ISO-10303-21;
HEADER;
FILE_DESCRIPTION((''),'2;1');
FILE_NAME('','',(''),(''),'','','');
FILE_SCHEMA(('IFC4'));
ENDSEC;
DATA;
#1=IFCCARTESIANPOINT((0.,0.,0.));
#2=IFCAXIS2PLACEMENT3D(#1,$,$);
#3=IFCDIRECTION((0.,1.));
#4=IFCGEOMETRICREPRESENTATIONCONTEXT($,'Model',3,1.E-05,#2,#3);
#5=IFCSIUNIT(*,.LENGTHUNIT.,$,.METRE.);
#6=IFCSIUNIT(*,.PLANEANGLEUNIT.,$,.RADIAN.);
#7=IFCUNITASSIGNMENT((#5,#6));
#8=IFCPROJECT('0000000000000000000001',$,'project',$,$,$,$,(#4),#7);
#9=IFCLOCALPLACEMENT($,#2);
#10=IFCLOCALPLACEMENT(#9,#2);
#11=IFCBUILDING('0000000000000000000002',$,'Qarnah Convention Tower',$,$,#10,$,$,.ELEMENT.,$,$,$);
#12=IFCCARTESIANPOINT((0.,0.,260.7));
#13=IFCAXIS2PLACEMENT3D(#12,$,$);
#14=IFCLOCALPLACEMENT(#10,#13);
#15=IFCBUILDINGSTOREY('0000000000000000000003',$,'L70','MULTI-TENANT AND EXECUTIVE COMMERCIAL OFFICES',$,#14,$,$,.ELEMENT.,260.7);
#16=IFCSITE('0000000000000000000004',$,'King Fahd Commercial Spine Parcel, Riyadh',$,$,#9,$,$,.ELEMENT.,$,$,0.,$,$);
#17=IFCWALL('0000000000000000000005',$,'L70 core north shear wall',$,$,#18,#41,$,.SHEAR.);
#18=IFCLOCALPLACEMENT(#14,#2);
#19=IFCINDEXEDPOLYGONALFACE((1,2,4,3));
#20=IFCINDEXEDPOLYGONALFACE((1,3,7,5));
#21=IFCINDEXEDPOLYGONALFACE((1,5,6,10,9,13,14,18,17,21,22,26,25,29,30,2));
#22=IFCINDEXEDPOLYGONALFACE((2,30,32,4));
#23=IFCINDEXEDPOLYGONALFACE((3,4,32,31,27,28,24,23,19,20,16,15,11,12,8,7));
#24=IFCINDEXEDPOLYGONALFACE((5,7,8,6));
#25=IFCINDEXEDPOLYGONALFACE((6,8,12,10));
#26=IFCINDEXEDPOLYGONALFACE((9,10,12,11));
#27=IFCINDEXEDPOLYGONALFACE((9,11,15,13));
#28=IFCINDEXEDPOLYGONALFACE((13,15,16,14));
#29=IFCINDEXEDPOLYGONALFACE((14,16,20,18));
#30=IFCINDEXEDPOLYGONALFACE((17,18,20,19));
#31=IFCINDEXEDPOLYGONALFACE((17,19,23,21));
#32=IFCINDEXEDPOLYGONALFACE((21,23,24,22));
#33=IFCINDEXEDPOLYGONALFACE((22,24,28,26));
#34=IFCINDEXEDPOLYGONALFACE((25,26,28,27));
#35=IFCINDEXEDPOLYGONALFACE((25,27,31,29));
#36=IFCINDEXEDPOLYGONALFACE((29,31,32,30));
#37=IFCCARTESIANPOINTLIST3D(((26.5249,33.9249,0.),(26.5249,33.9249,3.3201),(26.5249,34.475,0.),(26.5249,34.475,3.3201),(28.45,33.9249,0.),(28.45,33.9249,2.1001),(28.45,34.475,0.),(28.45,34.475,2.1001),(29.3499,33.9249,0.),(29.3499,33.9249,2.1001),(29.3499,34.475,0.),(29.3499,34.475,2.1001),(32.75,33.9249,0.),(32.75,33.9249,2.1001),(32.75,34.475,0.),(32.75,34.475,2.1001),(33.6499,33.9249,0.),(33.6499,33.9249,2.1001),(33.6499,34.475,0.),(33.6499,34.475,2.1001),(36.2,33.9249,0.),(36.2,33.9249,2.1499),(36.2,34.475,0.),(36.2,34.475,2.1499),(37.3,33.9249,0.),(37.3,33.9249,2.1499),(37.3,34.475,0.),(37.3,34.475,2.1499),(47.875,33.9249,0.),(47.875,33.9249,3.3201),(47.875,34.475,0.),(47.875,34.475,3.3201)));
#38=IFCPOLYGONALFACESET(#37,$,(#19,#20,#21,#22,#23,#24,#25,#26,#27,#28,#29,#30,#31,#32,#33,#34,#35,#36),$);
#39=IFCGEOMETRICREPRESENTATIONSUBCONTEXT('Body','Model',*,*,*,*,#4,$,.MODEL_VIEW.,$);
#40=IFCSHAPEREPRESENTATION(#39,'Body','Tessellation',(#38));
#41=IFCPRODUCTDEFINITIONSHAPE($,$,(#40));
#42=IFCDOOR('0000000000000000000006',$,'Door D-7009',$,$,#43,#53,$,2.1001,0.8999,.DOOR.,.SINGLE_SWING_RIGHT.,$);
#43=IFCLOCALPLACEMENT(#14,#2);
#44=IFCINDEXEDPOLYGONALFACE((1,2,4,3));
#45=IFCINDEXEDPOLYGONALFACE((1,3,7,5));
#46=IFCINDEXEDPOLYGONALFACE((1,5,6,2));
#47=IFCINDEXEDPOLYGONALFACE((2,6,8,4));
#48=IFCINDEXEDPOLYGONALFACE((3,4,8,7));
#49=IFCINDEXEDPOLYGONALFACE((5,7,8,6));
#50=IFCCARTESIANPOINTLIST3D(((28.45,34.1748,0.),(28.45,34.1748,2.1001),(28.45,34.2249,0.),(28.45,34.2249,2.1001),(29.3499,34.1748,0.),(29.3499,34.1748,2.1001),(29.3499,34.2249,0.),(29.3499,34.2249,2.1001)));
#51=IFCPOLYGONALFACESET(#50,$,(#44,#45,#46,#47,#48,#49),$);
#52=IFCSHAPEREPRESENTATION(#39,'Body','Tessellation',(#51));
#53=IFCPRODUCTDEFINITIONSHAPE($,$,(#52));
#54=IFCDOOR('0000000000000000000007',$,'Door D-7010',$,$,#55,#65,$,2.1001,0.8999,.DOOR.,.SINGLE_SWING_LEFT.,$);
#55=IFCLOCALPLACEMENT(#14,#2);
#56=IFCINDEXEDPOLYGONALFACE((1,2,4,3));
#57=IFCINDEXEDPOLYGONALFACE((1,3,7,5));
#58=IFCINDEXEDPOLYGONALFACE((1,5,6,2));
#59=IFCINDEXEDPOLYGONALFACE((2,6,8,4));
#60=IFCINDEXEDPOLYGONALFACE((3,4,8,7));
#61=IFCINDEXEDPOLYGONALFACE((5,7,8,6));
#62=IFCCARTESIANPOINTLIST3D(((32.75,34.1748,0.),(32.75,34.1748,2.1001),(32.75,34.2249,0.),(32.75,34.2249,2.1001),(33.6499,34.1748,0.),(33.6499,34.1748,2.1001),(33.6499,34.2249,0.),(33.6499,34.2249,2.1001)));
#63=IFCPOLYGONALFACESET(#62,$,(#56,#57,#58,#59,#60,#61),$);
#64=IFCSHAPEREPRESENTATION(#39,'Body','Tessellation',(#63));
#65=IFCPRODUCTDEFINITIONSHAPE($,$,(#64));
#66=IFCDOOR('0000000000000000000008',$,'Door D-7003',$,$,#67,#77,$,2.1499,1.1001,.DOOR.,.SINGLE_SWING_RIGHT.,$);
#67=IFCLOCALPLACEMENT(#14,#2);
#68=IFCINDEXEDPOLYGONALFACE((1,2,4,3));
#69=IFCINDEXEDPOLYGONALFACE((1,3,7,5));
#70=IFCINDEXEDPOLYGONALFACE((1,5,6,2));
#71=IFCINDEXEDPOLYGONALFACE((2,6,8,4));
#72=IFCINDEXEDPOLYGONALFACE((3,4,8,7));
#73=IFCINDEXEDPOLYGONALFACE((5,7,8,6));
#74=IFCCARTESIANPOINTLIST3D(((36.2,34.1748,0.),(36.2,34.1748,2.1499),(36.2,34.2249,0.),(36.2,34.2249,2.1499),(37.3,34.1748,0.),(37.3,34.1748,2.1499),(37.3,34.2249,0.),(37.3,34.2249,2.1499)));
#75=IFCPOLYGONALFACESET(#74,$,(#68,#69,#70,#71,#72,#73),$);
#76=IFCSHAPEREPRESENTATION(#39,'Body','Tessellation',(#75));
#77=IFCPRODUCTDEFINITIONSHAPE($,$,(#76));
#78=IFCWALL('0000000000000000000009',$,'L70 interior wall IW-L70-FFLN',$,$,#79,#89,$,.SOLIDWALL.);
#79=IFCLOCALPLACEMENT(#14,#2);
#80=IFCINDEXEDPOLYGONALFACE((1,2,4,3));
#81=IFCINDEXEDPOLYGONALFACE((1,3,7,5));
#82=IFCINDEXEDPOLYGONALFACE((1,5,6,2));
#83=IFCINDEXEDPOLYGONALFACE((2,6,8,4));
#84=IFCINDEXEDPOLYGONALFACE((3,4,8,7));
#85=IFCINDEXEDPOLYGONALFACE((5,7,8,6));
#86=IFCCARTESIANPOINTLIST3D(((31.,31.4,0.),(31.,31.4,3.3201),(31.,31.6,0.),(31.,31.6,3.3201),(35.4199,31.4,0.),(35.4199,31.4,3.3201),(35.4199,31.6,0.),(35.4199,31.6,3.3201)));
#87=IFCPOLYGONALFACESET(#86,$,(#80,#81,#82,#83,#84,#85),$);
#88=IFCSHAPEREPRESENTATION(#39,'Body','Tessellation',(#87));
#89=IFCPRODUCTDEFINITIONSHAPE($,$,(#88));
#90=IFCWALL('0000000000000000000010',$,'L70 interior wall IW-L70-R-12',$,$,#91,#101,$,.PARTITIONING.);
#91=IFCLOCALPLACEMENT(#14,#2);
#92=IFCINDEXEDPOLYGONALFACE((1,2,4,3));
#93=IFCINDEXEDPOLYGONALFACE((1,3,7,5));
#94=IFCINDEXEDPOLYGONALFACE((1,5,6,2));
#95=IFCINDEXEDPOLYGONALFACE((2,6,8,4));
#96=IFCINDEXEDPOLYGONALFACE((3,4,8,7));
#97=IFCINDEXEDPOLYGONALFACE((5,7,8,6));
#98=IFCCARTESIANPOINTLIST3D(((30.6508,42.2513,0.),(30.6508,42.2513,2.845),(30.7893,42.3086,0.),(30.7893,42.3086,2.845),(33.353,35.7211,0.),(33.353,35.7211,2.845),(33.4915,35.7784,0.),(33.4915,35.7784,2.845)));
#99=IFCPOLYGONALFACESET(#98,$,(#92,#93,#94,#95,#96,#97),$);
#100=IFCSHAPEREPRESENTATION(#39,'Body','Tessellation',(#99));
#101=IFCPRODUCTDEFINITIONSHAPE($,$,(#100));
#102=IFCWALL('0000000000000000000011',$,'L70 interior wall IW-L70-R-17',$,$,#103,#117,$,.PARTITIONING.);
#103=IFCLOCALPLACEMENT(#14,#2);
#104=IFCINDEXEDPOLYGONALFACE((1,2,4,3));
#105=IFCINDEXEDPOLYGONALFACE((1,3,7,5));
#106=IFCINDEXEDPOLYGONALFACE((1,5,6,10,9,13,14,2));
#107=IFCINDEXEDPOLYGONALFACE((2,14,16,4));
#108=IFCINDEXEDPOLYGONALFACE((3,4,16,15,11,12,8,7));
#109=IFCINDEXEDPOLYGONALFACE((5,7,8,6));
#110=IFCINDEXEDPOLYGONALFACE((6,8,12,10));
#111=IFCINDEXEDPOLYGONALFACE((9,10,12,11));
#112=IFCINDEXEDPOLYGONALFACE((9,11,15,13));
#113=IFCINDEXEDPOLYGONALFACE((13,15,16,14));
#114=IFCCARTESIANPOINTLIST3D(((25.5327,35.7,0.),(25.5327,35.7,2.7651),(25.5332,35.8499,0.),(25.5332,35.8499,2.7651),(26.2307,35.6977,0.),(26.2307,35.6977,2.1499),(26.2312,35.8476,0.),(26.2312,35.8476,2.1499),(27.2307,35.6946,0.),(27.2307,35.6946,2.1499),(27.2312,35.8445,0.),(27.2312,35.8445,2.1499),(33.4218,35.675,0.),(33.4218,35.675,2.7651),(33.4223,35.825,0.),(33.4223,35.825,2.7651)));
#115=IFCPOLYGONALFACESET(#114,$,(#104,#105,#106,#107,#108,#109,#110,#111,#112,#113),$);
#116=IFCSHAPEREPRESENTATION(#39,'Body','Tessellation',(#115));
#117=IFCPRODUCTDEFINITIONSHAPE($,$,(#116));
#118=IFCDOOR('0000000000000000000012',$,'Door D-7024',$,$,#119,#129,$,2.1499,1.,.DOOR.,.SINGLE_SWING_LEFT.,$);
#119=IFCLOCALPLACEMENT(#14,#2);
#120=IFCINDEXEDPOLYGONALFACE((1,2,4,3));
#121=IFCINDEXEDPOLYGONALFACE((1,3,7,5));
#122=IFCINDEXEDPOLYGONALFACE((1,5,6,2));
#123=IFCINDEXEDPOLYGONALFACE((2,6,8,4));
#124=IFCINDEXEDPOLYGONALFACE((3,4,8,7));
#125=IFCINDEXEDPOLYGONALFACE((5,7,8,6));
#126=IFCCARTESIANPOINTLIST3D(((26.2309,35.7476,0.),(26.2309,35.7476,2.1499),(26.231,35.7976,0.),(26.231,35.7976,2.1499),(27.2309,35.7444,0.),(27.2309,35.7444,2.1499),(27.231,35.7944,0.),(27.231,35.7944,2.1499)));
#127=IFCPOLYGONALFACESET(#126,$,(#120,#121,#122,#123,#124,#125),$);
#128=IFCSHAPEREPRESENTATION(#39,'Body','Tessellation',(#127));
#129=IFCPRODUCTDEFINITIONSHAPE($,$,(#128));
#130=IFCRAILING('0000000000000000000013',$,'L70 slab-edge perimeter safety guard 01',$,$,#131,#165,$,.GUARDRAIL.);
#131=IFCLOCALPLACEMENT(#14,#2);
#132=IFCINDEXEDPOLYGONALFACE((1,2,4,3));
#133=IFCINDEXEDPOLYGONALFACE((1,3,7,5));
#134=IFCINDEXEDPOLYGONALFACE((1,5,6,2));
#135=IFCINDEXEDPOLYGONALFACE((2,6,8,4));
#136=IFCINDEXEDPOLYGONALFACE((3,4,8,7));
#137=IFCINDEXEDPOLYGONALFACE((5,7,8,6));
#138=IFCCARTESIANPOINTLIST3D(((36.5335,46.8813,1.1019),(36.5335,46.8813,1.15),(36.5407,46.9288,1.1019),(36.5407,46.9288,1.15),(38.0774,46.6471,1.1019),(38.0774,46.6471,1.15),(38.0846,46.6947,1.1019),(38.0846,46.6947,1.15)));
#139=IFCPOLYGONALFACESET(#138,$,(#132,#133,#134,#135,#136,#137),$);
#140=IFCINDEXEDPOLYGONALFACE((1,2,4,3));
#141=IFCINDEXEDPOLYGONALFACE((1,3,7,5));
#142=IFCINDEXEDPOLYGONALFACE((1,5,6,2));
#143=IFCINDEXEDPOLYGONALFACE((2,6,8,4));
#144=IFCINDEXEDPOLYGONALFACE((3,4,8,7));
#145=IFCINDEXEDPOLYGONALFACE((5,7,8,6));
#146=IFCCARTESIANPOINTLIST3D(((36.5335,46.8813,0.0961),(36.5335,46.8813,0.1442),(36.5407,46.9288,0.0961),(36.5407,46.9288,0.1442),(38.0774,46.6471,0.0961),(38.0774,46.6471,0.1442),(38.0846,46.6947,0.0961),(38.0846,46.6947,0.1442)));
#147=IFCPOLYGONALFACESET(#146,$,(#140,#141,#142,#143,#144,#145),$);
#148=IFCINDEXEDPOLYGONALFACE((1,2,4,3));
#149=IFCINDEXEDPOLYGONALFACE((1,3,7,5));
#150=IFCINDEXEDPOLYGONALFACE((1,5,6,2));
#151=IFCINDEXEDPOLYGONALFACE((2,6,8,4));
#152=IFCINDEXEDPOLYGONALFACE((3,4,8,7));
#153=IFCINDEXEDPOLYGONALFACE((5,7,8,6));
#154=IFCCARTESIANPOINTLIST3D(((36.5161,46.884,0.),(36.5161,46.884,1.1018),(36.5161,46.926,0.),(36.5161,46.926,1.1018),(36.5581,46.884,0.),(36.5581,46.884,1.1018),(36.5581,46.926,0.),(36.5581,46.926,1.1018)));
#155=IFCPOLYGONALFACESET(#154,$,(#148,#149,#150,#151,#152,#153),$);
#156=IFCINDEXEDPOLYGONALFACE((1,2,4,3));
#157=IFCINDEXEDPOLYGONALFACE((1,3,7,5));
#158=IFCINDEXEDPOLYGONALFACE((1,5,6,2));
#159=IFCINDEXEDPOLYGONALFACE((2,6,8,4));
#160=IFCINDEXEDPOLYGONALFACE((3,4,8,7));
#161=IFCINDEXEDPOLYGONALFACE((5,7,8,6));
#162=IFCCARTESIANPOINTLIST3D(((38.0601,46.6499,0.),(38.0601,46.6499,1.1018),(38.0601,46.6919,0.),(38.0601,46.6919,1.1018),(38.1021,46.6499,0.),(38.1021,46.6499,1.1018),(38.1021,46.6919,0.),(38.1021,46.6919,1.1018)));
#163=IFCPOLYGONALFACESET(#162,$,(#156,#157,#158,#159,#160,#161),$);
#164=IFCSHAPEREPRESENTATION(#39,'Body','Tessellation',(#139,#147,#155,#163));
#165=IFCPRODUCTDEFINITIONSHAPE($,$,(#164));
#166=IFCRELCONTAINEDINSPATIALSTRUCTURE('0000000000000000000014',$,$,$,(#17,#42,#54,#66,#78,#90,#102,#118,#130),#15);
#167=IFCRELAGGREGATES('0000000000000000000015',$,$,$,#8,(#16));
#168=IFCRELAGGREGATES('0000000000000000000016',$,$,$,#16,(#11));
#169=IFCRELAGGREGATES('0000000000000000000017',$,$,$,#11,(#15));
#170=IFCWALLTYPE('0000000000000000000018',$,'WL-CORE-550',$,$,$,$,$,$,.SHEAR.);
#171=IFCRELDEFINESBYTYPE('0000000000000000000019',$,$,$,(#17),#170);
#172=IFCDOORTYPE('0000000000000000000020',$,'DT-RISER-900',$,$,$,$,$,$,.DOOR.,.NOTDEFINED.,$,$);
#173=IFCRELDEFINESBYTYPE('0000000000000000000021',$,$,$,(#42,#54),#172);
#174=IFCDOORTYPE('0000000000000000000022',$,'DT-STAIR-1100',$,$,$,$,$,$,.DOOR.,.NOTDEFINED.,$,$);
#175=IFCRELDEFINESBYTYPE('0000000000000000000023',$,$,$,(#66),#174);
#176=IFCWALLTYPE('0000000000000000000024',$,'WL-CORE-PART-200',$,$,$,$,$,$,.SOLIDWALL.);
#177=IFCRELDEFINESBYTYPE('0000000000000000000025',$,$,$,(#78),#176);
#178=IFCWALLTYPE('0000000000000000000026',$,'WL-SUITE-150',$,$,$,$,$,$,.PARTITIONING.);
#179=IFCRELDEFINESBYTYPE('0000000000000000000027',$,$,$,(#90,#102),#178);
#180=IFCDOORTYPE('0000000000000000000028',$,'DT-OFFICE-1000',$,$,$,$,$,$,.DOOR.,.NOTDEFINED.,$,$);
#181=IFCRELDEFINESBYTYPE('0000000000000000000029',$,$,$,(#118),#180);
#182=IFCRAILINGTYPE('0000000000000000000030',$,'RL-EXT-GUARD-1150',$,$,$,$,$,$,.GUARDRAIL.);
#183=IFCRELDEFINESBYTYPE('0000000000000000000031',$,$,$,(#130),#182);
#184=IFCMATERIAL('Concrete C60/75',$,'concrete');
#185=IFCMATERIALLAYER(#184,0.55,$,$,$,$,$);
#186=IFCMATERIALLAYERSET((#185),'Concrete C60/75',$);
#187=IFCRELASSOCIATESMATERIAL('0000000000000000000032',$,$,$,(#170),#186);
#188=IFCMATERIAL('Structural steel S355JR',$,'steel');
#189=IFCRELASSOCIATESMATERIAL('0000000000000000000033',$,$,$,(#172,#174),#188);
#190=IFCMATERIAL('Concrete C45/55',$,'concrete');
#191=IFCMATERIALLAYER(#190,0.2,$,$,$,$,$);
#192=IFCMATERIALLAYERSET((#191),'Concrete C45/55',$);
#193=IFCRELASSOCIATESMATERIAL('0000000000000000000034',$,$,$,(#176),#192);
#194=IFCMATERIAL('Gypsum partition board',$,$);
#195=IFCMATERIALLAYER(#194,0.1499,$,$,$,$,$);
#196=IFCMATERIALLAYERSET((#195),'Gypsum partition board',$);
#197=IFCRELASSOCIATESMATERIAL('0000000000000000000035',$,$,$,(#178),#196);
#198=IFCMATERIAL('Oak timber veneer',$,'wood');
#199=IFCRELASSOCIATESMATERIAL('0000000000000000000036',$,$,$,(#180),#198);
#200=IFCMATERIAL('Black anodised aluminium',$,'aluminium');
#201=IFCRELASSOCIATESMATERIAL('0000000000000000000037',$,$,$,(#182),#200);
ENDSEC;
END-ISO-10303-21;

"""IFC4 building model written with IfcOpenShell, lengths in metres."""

from ifc_helpers import new_model, si_unit, direction, frame, frame_2d, origin, origin_2d, place, context, subcontext, project, spatial, rectangle, extrude, material, layer, layer_set, type_object, element, fill, save


model = new_model("IFC4")

# Units and contexts
model_context = context("Model", 3, precision=1e-05, world=origin(), true_north=direction((0.0, 1.0)))
body_context = subcontext(model_context, "Body", "Model", "MODEL_VIEW")
ifc_project = project(units=[si_unit("LENGTHUNIT", "METRE"), si_unit("PLANEANGLEUNIT", "RADIAN")], contexts=[model_context])

# Site, building, storey
site_placement = place(None, origin())
site = spatial("IfcSite", under=ifc_project, at=site_placement, Name="King Fahd Commercial Spine Parcel, Riyadh", CompositionType="ELEMENT", RefElevation=0.0)
building_placement = place(site_placement, origin())
building = spatial("IfcBuilding", under=site, at=building_placement, Name="Qarnah Convention Tower", CompositionType="ELEMENT")
storey_placement = place(building_placement, frame((0.0, 0.0, 260.7)))
storey = spatial("IfcBuildingStorey", under=building, at=storey_placement, Name="L70", Description="MULTI-TENANT AND EXECUTIVE COMMERCIAL OFFICES", CompositionType="ELEMENT", Elevation=260.7)

# Shared definitions
ifc_material_1 = material(Name="Structural steel S355JR", Category="steel")

# Shared definitions
ifc_material_2 = material(Name="Black anodised aluminium", Category="aluminium")

# Wall, openings, doors
ifc_material_3 = material(Name="Concrete C60/75", Category="concrete")
ifc_layer_1 = layer(ifc_material_3, 0.55)
ifc_layer_set_1 = layer_set([ifc_layer_1], Name="Concrete C60/75")
wall_type_1 = type_object("IfcWallType", Name="WL-CORE-550", PredefinedType="SHEAR", material=ifc_layer_set_1)
wall_1_placement = place(storey_placement, frame((26.5249, 34.2, 0.0), z_axis=(0.0, 0.0, 1.0), x_axis=(1.0, 0.0, 0.0)))
wall_1 = element("IfcWall", 1, at=wall_1_placement, inside=storey, type_object=wall_type_1, Name="L70 core north shear wall", PredefinedType="SHEAR", context=body_context, shape_type="SweptSolid", body=[
    extrude(rectangle(XDim=21.3501, YDim=0.55, at=frame_2d((10.675, 0.0))), origin(), (0.0, 0.0, 1.0), 3.3201),
])
opening_1_placement = place(wall_1_placement, frame((9.675, 0.0, 0.0)))
opening_1 = element("IfcOpeningElement", 2, at=opening_1_placement, cuts=wall_1, PredefinedType="OPENING", context=body_context, shape_type="SweptSolid", body=[
    extrude(rectangle(XDim=1.1001, YDim=2.1499, at=frame_2d((0.55, 1.075))), frame((0.0, 0.2849, 0.0), z_axis=(0.0, -1.0, 0.0), x_axis=(1.0, 0.0, 0.0)), (0.0, 0.0, 1.0), 0.5701),
])
opening_2_placement = place(wall_1_placement, frame((1.925, 0.0, 0.0)))
opening_2 = element("IfcOpeningElement", 3, at=opening_2_placement, cuts=wall_1, PredefinedType="OPENING", context=body_context, shape_type="SweptSolid", body=[
    extrude(rectangle(XDim=0.8999, YDim=2.1001, at=frame_2d((0.45, 1.05))), frame((0.0, 0.2849, 0.0), z_axis=(0.0, -1.0, 0.0), x_axis=(1.0, 0.0, 0.0)), (0.0, 0.0, 1.0), 0.5701),
])
opening_3_placement = place(wall_1_placement, frame((6.2251, 0.0, 0.0)))
opening_3 = element("IfcOpeningElement", 4, at=opening_3_placement, cuts=wall_1, PredefinedType="OPENING", context=body_context, shape_type="SweptSolid", body=[
    extrude(rectangle(XDim=0.8999, YDim=2.1001, at=frame_2d((0.45, 1.05))), frame((0.0, 0.2849, 0.0), z_axis=(0.0, -1.0, 0.0), x_axis=(1.0, 0.0, 0.0)), (0.0, 0.0, 1.0), 0.5701),
])
door_type_1 = type_object("IfcDoorType", Name="DT-RISER-900", OperationType="NOTDEFINED", PredefinedType="DOOR", material=ifc_material_1)
door_1_placement = place(opening_2_placement, origin())
door_1 = element("IfcDoor", 5, at=door_1_placement, inside=storey, type_object=door_type_1, Name="Door D-7009", OperationType="SINGLE_SWING_RIGHT", OverallHeight=2.1001, OverallWidth=0.8999, PredefinedType="DOOR", context=body_context, shape_type="SweptSolid", body=[
    extrude(rectangle(XDim=0.8999, YDim=2.1001, at=frame_2d((0.45, 1.05))), frame((0.0, 0.0249, 0.0), z_axis=(0.0, -1.0, 0.0), x_axis=(1.0, 0.0, 0.0)), (0.0, 0.0, 1.0), 0.05),
])
fill(opening_2, door_1)
door_2_placement = place(opening_3_placement, origin())
door_2 = element("IfcDoor", 6, at=door_2_placement, inside=storey, type_object=door_type_1, Name="Door D-7010", OperationType="SINGLE_SWING_LEFT", OverallHeight=2.1001, OverallWidth=0.8999, PredefinedType="DOOR", context=body_context, shape_type="SweptSolid", body=[
    extrude(rectangle(XDim=0.8999, YDim=2.1001, at=frame_2d((0.45, 1.05))), frame((0.0, 0.0249, 0.0), z_axis=(0.0, -1.0, 0.0), x_axis=(1.0, 0.0, 0.0)), (0.0, 0.0, 1.0), 0.05),
])
fill(opening_3, door_2)
door_type_2 = type_object("IfcDoorType", Name="DT-STAIR-1100", OperationType="NOTDEFINED", PredefinedType="DOOR", material=ifc_material_1)
door_3_placement = place(opening_1_placement, origin())
door_3 = element("IfcDoor", 7, at=door_3_placement, inside=storey, type_object=door_type_2, Name="Door D-7003", OperationType="SINGLE_SWING_RIGHT", OverallHeight=2.1499, OverallWidth=1.1001, PredefinedType="DOOR", context=body_context, shape_type="SweptSolid", body=[
    extrude(rectangle(XDim=1.1001, YDim=2.1499, at=frame_2d((0.55, 1.075))), frame((0.0, 0.0249, 0.0), z_axis=(0.0, -1.0, 0.0), x_axis=(1.0, 0.0, 0.0)), (0.0, 0.0, 1.0), 0.05),
])
fill(opening_1, door_3)

# Walls
ifc_material_4 = material(Name="Concrete C45/55", Category="concrete")
ifc_layer_2 = layer(ifc_material_4, 0.2)
ifc_layer_set_2 = layer_set([ifc_layer_2], Name="Concrete C45/55")
wall_type_2 = type_object("IfcWallType", Name="WL-CORE-PART-200", PredefinedType="SOLIDWALL", material=ifc_layer_set_2)
wall_2_placement = place(storey_placement, frame((31.0, 31.5, 0.0), z_axis=(0.0, 0.0, 1.0), x_axis=(1.0, 0.0, 0.0)))
element("IfcWall", 8, at=wall_2_placement, inside=storey, type_object=wall_type_2, Name="L70 interior wall IW-L70-FFLN", PredefinedType="SOLIDWALL", context=body_context, shape_type="SweptSolid", body=[
    extrude(rectangle(XDim=4.4199, YDim=0.2, at=frame_2d((2.21, 0.0))), origin(), (0.0, 0.0, 1.0), 3.3201),
])
ifc_material_5 = material(Name="Gypsum partition board")
ifc_layer_3 = layer(ifc_material_5, 0.1499)
ifc_layer_set_3 = layer_set([ifc_layer_3], Name="Gypsum partition board")
wall_type_3 = type_object("IfcWallType", Name="WL-SUITE-150", PredefinedType="PARTITIONING", material=ifc_layer_set_3)
wall_3_placement = place(storey_placement, frame((30.72, 42.28, 0.0), z_axis=(0.0, 0.0, 1.0), x_axis=(0.38236, -0.924013, 0.0)))
element("IfcWall", 9, at=wall_3_placement, inside=storey, type_object=wall_type_3, Name="L70 interior wall IW-L70-R-12", PredefinedType="PARTITIONING", context=body_context, shape_type="SweptSolid", body=[
    extrude(rectangle(XDim=7.0671, YDim=0.1499, at=frame_2d((3.5337, 0.0))), origin(), (0.0, 0.0, 1.0), 2.845),
])

# Wall, opening, door
ifc_material_6 = material(Name="Oak timber veneer", Category="wood")
door_type_3 = type_object("IfcDoorType", Name="DT-OFFICE-1000", OperationType="NOTDEFINED", PredefinedType="DOOR", material=ifc_material_6)
wall_4_placement = place(storey_placement, frame((25.533, 35.7749, 0.0), z_axis=(0.0, 0.0, 1.0), x_axis=(0.999995, -0.003157, 0.0)))
wall_4 = element("IfcWall", 10, at=wall_4_placement, inside=storey, type_object=wall_type_3, Name="L70 interior wall IW-L70-R-17", PredefinedType="PARTITIONING", context=body_context, shape_type="SweptSolid", body=[
    extrude(rectangle(XDim=7.8892, YDim=0.1499, at=frame_2d((3.9446, 0.0))), origin(), (0.0, 0.0, 1.0), 2.7651),
])
opening_4_placement = place(wall_4_placement, frame((0.698, 0.0, 0.0)))
opening_4 = element("IfcOpeningElement", 11, at=opening_4_placement, cuts=wall_4, PredefinedType="OPENING", context=body_context, shape_type="SweptSolid", body=[
    extrude(rectangle(XDim=1.0, YDim=2.1499, at=frame_2d((0.5, 1.075))), frame((0.0, 0.085, 0.0), z_axis=(0.0, -1.0, 0.0), x_axis=(1.0, 0.0, 0.0)), (0.0, 0.0, 1.0), 0.1699),
])
door_4_placement = place(opening_4_placement, origin())
door_4 = element("IfcDoor", 12, at=door_4_placement, inside=storey, type_object=door_type_3, Name="Door D-7024", OperationType="SINGLE_SWING_LEFT", OverallHeight=2.1499, OverallWidth=1.0, PredefinedType="DOOR", context=body_context, shape_type="SweptSolid", body=[
    extrude(rectangle(XDim=1.0, YDim=2.1499, at=frame_2d((0.5, 1.075))), frame((0.0, 0.0249, 0.0), z_axis=(0.0, -1.0, 0.0), x_axis=(1.0, 0.0, 0.0)), (0.0, 0.0, 1.0), 0.05),
])
fill(opening_4, door_4)

# Railing
railing_type_1 = type_object("IfcRailingType", Name="RL-EXT-GUARD-1150", PredefinedType="GUARDRAIL", material=ifc_material_2)
railing_1_placement = place(storey_placement, frame((36.5371, 46.905, 0.0)))
element("IfcRailing", 13, at=railing_1_placement, inside=storey, type_object=railing_type_1, Name="L70 slab-edge perimeter safety guard 01", PredefinedType="GUARDRAIL", context=body_context, shape_type="SweptSolid", body=[
    extrude(rectangle(XDim=0.0481, YDim=0.0481, at=origin_2d()), frame((0.0, 0.0, 1.126), z_axis=(0.988697, -0.14993, 0.0), x_axis=(0.14993, 0.988697, 0.0)), (0.0, 0.0, 1.0), 1.5615),
    extrude(rectangle(XDim=0.0481, YDim=0.0481, at=origin_2d()), frame((0.0, 0.0, 0.1201), z_axis=(0.988697, -0.14993, 0.0), x_axis=(0.14993, 0.988697, 0.0)), (0.0, 0.0, 1.0), 1.5615),
    extrude(rectangle(XDim=0.042, YDim=0.042, at=origin_2d()), origin(), (0.0, 0.0, 1.0), 1.1018),
    extrude(rectangle(XDim=0.042, YDim=0.042, at=origin_2d()), frame((1.5439, -0.2341, 0.0)), (0.0, 0.0, 1.0), 1.1018),
])

save(model, "model.ifc")
